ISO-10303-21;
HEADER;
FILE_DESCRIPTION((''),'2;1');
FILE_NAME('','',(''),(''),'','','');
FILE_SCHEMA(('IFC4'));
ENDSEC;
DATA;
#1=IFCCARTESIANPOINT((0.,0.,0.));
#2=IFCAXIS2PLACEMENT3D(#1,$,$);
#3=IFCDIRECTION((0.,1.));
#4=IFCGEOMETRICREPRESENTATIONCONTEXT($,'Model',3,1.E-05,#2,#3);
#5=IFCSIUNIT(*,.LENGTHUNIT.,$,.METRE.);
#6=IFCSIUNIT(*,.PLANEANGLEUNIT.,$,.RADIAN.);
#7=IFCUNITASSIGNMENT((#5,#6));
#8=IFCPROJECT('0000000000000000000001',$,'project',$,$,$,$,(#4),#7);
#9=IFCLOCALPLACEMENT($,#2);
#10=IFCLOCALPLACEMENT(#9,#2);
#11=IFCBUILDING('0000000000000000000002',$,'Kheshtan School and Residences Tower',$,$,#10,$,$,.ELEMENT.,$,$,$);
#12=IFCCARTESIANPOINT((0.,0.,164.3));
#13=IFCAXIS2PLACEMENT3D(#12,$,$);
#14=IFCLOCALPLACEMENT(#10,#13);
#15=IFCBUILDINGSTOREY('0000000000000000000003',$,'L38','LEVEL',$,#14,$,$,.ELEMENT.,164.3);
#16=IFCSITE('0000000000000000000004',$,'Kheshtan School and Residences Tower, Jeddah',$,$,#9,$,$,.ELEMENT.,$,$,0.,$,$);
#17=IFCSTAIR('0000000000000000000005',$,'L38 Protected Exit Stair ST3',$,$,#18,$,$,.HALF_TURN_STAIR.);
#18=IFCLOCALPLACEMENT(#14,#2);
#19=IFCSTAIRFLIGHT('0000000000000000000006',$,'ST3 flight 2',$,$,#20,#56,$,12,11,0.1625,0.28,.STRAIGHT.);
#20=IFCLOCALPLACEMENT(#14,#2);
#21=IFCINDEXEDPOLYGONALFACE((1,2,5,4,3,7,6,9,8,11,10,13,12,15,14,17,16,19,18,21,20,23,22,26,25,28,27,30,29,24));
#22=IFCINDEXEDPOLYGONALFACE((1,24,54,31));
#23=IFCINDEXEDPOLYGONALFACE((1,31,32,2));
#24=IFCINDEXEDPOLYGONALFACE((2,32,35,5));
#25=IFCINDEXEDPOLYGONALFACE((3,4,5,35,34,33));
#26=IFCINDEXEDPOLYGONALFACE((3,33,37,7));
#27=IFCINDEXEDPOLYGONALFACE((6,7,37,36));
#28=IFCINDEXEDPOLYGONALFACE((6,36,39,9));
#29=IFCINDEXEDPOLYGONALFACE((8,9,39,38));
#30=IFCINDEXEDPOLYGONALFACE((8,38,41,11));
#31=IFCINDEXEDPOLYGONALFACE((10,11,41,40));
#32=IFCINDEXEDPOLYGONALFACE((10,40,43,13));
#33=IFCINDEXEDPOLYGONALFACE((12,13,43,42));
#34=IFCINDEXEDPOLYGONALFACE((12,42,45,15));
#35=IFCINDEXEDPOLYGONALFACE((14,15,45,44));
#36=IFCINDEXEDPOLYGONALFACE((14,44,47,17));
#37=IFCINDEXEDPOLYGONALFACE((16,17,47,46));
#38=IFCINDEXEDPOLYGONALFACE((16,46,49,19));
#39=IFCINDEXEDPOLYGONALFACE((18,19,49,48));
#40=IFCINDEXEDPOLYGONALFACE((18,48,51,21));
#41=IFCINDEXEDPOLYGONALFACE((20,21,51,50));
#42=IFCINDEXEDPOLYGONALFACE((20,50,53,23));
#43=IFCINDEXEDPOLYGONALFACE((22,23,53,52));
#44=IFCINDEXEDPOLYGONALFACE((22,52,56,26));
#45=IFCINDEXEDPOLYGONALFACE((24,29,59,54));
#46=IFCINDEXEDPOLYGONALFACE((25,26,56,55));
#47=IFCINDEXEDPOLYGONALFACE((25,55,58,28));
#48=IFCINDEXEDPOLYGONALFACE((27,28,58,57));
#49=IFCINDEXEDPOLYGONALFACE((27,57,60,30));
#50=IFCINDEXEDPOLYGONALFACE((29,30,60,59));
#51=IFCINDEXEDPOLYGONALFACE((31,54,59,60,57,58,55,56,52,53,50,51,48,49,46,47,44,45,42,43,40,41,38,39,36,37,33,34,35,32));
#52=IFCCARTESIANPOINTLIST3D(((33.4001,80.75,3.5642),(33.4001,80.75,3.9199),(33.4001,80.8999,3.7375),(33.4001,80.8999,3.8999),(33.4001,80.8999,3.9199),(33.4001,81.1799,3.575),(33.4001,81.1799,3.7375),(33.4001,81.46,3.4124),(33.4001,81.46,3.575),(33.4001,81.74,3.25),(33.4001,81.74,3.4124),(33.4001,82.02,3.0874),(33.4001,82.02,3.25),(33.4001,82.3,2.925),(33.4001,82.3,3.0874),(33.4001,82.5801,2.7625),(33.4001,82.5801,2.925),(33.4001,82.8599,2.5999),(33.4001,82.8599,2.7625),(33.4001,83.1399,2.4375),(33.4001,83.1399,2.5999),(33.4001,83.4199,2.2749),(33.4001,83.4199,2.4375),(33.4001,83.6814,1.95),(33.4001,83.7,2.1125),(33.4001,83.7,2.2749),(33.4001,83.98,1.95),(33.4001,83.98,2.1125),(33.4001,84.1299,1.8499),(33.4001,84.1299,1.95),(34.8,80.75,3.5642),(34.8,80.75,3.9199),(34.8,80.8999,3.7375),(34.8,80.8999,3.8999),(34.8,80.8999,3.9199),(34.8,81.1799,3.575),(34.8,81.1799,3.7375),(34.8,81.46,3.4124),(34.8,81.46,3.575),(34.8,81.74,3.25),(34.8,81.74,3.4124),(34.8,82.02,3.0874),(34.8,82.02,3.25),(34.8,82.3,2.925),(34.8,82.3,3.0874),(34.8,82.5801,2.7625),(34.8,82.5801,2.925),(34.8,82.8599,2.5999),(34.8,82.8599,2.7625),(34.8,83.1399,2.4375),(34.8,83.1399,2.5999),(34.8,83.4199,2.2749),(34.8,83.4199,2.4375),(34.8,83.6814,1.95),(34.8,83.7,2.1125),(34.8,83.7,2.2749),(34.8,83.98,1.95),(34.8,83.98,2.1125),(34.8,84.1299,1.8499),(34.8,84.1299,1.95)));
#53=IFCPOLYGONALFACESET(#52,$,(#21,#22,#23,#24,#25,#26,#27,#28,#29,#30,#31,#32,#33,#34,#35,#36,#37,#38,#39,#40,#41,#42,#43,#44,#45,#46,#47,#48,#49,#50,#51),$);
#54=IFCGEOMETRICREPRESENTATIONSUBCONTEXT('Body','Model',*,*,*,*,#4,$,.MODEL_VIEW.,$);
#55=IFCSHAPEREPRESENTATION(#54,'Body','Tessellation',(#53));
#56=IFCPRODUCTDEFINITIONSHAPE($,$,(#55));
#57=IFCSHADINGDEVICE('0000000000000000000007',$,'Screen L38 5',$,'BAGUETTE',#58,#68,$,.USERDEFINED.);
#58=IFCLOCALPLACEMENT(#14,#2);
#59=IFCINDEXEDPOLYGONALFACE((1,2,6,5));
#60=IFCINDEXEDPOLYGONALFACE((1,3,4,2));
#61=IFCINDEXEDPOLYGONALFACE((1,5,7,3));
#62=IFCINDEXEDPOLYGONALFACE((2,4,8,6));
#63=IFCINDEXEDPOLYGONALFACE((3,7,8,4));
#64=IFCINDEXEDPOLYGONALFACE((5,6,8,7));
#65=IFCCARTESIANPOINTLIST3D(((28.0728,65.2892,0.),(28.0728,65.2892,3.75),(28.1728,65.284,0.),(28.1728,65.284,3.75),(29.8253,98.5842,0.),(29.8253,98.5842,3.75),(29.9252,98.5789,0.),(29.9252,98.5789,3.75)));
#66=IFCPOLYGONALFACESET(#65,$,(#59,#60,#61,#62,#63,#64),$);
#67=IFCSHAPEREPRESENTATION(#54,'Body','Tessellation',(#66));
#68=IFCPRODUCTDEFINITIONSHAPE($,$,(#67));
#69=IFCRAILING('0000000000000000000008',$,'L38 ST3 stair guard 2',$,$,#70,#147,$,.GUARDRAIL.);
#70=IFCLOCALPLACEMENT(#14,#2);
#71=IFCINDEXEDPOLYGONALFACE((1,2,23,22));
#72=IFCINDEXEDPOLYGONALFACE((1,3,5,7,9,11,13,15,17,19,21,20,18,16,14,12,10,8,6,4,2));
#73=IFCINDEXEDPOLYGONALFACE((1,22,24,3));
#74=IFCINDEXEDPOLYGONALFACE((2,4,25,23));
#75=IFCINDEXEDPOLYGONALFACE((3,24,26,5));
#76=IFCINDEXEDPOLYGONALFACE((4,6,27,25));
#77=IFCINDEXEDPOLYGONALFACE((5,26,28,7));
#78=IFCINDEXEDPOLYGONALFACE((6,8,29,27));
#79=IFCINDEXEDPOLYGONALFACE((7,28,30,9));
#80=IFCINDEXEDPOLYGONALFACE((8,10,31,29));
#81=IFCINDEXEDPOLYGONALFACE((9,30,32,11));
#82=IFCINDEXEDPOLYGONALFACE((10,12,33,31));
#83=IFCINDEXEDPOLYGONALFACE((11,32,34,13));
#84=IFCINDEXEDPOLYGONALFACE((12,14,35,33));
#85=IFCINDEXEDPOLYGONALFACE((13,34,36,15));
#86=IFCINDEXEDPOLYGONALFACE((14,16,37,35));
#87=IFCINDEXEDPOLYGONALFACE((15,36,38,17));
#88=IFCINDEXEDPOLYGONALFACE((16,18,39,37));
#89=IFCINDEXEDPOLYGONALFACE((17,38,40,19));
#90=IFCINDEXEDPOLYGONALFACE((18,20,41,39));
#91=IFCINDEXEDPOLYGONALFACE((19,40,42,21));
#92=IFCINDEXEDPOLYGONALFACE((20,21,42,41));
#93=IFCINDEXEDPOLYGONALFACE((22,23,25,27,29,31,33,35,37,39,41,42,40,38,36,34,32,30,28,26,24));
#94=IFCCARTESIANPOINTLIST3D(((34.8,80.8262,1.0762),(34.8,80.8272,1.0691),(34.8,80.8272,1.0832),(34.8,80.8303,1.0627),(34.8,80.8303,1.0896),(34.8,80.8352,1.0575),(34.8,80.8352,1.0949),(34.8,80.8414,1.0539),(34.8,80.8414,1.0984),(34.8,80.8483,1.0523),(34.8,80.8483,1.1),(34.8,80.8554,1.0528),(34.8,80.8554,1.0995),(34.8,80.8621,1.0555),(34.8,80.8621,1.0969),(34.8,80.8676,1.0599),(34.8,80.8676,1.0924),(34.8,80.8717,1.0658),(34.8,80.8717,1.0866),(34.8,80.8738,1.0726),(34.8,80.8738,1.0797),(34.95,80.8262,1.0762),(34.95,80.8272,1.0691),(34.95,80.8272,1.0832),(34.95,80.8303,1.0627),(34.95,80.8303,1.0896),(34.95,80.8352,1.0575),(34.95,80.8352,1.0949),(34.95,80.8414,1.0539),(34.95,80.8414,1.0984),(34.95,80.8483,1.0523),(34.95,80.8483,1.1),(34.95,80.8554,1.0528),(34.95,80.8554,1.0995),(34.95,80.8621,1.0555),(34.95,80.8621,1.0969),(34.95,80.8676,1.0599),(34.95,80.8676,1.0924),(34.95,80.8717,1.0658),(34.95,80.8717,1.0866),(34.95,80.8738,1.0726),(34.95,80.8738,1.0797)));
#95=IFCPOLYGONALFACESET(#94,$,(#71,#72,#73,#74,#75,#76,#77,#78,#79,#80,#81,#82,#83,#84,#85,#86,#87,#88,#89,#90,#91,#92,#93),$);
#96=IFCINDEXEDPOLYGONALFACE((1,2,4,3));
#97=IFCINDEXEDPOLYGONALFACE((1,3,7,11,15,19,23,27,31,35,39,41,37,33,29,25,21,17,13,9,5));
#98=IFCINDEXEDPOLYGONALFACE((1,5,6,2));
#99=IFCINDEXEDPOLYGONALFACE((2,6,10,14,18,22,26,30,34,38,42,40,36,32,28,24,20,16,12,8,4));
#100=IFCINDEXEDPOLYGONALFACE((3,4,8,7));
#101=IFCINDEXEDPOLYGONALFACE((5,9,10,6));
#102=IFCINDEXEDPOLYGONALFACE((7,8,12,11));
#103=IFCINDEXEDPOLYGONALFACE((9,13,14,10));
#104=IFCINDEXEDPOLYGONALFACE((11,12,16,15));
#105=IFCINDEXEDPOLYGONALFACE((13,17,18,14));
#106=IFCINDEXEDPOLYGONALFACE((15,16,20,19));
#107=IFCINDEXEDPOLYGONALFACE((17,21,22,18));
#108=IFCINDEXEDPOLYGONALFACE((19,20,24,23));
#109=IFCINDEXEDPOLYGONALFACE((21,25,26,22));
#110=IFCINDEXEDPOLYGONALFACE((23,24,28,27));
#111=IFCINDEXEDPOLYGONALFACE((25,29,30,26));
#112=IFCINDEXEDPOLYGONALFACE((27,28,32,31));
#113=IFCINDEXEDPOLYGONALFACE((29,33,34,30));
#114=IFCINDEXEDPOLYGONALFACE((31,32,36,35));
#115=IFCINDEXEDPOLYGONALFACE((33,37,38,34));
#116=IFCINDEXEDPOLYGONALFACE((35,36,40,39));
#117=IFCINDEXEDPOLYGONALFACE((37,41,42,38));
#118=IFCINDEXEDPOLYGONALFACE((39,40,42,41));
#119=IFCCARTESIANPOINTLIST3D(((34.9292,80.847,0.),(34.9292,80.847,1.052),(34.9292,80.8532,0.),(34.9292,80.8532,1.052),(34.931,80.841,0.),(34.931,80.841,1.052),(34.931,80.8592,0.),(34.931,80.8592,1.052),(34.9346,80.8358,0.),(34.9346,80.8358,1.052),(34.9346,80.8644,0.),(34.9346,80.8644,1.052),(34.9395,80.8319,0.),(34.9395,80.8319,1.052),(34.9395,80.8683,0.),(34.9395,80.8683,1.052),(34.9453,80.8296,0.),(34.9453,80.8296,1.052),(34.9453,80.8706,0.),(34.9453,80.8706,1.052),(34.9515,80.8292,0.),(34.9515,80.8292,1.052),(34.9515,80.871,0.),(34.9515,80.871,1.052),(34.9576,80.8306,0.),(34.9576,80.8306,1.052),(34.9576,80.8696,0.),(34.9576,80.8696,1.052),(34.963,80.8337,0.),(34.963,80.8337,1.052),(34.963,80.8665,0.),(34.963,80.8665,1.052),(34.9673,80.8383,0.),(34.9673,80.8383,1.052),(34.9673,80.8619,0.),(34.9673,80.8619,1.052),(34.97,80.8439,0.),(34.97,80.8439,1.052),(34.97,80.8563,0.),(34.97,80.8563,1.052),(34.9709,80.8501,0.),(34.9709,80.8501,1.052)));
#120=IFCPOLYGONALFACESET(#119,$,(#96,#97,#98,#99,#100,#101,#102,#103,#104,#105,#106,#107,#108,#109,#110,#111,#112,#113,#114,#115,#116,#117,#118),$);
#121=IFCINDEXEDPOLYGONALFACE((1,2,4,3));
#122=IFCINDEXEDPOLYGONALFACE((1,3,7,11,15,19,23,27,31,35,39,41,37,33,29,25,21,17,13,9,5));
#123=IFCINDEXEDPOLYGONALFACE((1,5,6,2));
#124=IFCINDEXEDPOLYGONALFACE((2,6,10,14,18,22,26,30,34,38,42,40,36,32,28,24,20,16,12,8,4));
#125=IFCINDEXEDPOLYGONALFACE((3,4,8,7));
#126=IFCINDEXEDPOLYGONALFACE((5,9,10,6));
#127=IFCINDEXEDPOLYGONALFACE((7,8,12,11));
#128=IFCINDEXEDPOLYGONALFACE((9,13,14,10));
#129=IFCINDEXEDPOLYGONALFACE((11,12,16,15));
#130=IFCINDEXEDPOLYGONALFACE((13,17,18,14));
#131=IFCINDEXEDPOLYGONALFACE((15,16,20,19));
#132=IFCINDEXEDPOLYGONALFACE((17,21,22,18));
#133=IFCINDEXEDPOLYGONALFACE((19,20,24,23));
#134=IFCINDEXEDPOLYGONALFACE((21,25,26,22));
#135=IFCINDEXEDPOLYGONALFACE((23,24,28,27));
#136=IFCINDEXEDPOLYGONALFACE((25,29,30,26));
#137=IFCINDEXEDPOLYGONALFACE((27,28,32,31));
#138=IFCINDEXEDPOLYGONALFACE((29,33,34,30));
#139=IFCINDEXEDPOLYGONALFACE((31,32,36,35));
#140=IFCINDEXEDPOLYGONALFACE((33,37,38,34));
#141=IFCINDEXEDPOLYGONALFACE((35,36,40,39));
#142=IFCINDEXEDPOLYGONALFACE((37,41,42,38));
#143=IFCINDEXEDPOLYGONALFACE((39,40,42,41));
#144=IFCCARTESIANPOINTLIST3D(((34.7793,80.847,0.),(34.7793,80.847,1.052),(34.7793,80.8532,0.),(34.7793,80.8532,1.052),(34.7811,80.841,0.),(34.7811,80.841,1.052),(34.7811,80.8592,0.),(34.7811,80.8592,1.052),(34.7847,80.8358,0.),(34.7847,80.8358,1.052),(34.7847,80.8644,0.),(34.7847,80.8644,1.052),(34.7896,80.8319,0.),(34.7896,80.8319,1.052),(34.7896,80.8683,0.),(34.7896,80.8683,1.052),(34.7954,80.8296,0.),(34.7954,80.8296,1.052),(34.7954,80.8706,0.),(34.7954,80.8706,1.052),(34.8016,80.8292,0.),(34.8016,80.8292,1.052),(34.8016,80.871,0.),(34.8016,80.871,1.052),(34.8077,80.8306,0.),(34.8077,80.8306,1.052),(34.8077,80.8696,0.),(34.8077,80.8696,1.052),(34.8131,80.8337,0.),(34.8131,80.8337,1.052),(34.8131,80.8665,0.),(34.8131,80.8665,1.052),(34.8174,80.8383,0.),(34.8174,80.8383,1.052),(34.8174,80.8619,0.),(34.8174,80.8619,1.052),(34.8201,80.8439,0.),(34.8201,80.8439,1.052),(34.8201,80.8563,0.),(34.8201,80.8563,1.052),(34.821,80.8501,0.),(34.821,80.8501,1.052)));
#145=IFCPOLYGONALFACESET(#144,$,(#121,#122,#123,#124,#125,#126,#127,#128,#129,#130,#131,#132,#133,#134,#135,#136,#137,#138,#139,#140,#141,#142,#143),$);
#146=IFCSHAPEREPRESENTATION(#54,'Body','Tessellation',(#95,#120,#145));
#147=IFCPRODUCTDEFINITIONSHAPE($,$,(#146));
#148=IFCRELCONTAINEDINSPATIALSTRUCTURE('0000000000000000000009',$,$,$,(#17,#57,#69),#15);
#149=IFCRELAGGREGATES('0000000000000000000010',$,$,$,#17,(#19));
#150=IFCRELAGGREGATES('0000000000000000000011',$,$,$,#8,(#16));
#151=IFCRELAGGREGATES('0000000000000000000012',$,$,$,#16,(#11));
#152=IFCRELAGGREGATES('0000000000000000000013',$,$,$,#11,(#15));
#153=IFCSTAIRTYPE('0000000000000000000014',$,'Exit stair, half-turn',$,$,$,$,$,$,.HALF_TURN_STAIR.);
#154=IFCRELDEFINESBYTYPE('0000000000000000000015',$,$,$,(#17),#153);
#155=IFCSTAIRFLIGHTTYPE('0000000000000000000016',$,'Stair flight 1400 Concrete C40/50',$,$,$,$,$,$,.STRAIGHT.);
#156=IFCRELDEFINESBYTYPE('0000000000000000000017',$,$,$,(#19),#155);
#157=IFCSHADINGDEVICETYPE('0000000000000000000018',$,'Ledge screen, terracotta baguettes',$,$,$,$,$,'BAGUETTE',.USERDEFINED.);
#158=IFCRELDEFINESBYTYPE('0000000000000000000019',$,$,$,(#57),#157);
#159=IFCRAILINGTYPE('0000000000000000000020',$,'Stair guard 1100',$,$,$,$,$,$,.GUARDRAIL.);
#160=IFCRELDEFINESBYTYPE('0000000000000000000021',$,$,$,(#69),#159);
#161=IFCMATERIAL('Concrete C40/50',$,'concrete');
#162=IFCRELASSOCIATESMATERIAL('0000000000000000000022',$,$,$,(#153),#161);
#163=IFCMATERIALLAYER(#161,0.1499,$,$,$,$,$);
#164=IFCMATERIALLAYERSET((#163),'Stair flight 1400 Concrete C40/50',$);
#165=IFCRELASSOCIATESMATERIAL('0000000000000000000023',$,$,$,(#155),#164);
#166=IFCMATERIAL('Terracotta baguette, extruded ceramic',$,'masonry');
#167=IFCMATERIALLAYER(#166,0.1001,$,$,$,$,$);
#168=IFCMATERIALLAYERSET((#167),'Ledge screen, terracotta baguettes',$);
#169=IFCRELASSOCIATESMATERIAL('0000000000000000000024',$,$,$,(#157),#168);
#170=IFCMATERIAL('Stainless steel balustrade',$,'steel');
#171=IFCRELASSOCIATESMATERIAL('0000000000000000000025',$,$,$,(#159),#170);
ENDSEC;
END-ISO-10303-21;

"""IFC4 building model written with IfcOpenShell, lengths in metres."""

from ifc_helpers import new_model, si_unit, direction, frame, origin, origin_2d, place, context, subcontext, project, spatial, polyline, rectangle, circle, outline, extrude, material, layer, layer_set, type_object, element, aggregate, save


model = new_model("IFC4")

# Units and contexts
model_context = context("Model", 3, precision=1e-05, world=origin(), true_north=direction((0.0, 1.0)))
body_context = subcontext(model_context, "Body", "Model", "MODEL_VIEW")
ifc_project = project(units=[si_unit("LENGTHUNIT", "METRE"), si_unit("PLANEANGLEUNIT", "RADIAN")], contexts=[model_context])

# Site, building, storey
site_placement = place(None, origin())
site = spatial("IfcSite", under=ifc_project, at=site_placement, Name="Kheshtan School and Residences Tower, Jeddah", CompositionType="ELEMENT", RefElevation=0.0)
building_placement = place(site_placement, origin())
building = spatial("IfcBuilding", under=site, at=building_placement, Name="Kheshtan School and Residences Tower", CompositionType="ELEMENT")
storey_placement = place(building_placement, frame((0.0, 0.0, 164.3)))
storey = spatial("IfcBuildingStorey", under=building, at=storey_placement, Name="L38", Description="LEVEL", CompositionType="ELEMENT", Elevation=164.3)

# Shared definitions
ifc_material_1 = material(Name="Concrete C40/50", Category="concrete")

# Stair, stair flight
stair_type = type_object("IfcStairType", Name="Exit stair, half-turn", PredefinedType="HALF_TURN_STAIR", material=ifc_material_1)
stair_placement = place(storey_placement, origin())
stair = element("IfcStair", 1, at=stair_placement, inside=storey, type_object=stair_type, Name="L38 Protected Exit Stair ST3", PredefinedType="HALF_TURN_STAIR")
ifc_layer_1 = layer(ifc_material_1, 0.1499)
ifc_layer_set_1 = layer_set([ifc_layer_1], Name="Stair flight 1400 Concrete C40/50")
stair_flight_type = type_object("IfcStairFlightType", Name="Stair flight 1400 Concrete C40/50", PredefinedType="STRAIGHT", material=ifc_layer_set_1)
stair_flight_1_placement = place(storey_placement, frame((34.1001, 83.98, 1.95), z_axis=(0.0, 0.0, 1.0), x_axis=(0.0, -1.0, 0.0)))
stair_flight_1 = element("IfcStairFlight", 2, at=stair_flight_1_placement, type_object=stair_flight_type, Name="ST3 flight 2", NumberOfRisers=12, NumberOfTreads=11, PredefinedType="STRAIGHT", RiserHeight=0.1625, TreadLength=0.28, context=body_context, shape_type="SweptSolid", body=[
    extrude(outline(polyline([(-0.1499, -0.1001), (-0.1499, 0.0), (0.0, 0.0), (0.0, 0.1626), (0.28, 0.1626), (0.28, 0.325), (0.5601, 0.325), (0.5601, 0.4875), (0.8401, 0.4875), (0.8401, 0.6499), (1.1201, 0.6499), (1.1201, 0.8125), (1.3999, 0.8125), (1.3999, 0.9751), (1.6799, 0.9751), (1.6799, 1.1375), (1.96, 1.1375), (1.96, 1.3), (2.24, 1.3), (2.24, 1.4624), (2.52, 1.4624), (2.52, 1.625), (2.8, 1.625), (2.8, 1.7876), (3.0801, 1.7876), (3.0801, 1.95), (3.0801, 1.97), (3.23, 1.97), (3.23, 1.6143), (0.2986, 0.0), (-0.1499, -0.1001)])), frame((0.0, 0.7, 0.0), z_axis=(0.0, -1.0, 0.0), x_axis=(1.0, 0.0, 0.0)), (0.0, 0.0, 1.0), 1.3999),
])
aggregate(stair, [stair_flight_1])

# Shading device
ifc_material_2 = material(Name="Terracotta baguette, extruded ceramic", Category="masonry")
ifc_layer_2 = layer(ifc_material_2, 0.1001)
ifc_layer_set_2 = layer_set([ifc_layer_2], Name="Ledge screen, terracotta baguettes")
shading_device_type = type_object("IfcShadingDeviceType", Name="Ledge screen, terracotta baguettes", ElementType="BAGUETTE", PredefinedType="USERDEFINED", material=ifc_layer_set_2)
shading_device_placement = place(storey_placement, frame((28.999, 81.9341, 0.0), z_axis=(0.0, 0.0, 1.0), x_axis=(0.052563, 0.998618, 0.0)))
element("IfcShadingDevice", 3, at=shading_device_placement, inside=storey, type_object=shading_device_type, Name="Screen L38 5", ObjectType="BAGUETTE", PredefinedType="USERDEFINED", context=body_context, shape_type="SweptSolid", body=[
    extrude(rectangle(XDim=33.3411, YDim=0.1001, at=origin_2d()), origin(), (0.0, 0.0, 1.0), 3.75),
])

# Railing
ifc_material_3 = material(Name="Stainless steel balustrade", Category="steel")
railing_type_1 = type_object("IfcRailingType", Name="Stair guard 1100", PredefinedType="GUARDRAIL", material=ifc_material_3)
railing_1_placement = place(storey_placement, frame((34.95, 80.8501, 0.0)))
element("IfcRailing", 4, at=railing_1_placement, inside=storey, type_object=railing_type_1, Name="L38 ST3 stair guard 2", PredefinedType="GUARDRAIL", context=body_context, shape_type="SweptSolid", body=[
    extrude(circle(Radius=0.0239, at=origin_2d()), frame((0.0, 0.0, 1.0762), z_axis=(-1.0, 0.0, 0.0), x_axis=(0.0, -1.0, 0.0)), (0.0, 0.0, 1.0), 0.1499),
    extrude(circle(Radius=0.021, at=origin_2d()), origin(), (0.0, 0.0, 1.0), 1.052),
    extrude(circle(Radius=0.021, at=origin_2d()), frame((-0.1499, 0.0, 0.0)), (0.0, 0.0, 1.0), 1.052),
])

save(model, "model.ifc")
